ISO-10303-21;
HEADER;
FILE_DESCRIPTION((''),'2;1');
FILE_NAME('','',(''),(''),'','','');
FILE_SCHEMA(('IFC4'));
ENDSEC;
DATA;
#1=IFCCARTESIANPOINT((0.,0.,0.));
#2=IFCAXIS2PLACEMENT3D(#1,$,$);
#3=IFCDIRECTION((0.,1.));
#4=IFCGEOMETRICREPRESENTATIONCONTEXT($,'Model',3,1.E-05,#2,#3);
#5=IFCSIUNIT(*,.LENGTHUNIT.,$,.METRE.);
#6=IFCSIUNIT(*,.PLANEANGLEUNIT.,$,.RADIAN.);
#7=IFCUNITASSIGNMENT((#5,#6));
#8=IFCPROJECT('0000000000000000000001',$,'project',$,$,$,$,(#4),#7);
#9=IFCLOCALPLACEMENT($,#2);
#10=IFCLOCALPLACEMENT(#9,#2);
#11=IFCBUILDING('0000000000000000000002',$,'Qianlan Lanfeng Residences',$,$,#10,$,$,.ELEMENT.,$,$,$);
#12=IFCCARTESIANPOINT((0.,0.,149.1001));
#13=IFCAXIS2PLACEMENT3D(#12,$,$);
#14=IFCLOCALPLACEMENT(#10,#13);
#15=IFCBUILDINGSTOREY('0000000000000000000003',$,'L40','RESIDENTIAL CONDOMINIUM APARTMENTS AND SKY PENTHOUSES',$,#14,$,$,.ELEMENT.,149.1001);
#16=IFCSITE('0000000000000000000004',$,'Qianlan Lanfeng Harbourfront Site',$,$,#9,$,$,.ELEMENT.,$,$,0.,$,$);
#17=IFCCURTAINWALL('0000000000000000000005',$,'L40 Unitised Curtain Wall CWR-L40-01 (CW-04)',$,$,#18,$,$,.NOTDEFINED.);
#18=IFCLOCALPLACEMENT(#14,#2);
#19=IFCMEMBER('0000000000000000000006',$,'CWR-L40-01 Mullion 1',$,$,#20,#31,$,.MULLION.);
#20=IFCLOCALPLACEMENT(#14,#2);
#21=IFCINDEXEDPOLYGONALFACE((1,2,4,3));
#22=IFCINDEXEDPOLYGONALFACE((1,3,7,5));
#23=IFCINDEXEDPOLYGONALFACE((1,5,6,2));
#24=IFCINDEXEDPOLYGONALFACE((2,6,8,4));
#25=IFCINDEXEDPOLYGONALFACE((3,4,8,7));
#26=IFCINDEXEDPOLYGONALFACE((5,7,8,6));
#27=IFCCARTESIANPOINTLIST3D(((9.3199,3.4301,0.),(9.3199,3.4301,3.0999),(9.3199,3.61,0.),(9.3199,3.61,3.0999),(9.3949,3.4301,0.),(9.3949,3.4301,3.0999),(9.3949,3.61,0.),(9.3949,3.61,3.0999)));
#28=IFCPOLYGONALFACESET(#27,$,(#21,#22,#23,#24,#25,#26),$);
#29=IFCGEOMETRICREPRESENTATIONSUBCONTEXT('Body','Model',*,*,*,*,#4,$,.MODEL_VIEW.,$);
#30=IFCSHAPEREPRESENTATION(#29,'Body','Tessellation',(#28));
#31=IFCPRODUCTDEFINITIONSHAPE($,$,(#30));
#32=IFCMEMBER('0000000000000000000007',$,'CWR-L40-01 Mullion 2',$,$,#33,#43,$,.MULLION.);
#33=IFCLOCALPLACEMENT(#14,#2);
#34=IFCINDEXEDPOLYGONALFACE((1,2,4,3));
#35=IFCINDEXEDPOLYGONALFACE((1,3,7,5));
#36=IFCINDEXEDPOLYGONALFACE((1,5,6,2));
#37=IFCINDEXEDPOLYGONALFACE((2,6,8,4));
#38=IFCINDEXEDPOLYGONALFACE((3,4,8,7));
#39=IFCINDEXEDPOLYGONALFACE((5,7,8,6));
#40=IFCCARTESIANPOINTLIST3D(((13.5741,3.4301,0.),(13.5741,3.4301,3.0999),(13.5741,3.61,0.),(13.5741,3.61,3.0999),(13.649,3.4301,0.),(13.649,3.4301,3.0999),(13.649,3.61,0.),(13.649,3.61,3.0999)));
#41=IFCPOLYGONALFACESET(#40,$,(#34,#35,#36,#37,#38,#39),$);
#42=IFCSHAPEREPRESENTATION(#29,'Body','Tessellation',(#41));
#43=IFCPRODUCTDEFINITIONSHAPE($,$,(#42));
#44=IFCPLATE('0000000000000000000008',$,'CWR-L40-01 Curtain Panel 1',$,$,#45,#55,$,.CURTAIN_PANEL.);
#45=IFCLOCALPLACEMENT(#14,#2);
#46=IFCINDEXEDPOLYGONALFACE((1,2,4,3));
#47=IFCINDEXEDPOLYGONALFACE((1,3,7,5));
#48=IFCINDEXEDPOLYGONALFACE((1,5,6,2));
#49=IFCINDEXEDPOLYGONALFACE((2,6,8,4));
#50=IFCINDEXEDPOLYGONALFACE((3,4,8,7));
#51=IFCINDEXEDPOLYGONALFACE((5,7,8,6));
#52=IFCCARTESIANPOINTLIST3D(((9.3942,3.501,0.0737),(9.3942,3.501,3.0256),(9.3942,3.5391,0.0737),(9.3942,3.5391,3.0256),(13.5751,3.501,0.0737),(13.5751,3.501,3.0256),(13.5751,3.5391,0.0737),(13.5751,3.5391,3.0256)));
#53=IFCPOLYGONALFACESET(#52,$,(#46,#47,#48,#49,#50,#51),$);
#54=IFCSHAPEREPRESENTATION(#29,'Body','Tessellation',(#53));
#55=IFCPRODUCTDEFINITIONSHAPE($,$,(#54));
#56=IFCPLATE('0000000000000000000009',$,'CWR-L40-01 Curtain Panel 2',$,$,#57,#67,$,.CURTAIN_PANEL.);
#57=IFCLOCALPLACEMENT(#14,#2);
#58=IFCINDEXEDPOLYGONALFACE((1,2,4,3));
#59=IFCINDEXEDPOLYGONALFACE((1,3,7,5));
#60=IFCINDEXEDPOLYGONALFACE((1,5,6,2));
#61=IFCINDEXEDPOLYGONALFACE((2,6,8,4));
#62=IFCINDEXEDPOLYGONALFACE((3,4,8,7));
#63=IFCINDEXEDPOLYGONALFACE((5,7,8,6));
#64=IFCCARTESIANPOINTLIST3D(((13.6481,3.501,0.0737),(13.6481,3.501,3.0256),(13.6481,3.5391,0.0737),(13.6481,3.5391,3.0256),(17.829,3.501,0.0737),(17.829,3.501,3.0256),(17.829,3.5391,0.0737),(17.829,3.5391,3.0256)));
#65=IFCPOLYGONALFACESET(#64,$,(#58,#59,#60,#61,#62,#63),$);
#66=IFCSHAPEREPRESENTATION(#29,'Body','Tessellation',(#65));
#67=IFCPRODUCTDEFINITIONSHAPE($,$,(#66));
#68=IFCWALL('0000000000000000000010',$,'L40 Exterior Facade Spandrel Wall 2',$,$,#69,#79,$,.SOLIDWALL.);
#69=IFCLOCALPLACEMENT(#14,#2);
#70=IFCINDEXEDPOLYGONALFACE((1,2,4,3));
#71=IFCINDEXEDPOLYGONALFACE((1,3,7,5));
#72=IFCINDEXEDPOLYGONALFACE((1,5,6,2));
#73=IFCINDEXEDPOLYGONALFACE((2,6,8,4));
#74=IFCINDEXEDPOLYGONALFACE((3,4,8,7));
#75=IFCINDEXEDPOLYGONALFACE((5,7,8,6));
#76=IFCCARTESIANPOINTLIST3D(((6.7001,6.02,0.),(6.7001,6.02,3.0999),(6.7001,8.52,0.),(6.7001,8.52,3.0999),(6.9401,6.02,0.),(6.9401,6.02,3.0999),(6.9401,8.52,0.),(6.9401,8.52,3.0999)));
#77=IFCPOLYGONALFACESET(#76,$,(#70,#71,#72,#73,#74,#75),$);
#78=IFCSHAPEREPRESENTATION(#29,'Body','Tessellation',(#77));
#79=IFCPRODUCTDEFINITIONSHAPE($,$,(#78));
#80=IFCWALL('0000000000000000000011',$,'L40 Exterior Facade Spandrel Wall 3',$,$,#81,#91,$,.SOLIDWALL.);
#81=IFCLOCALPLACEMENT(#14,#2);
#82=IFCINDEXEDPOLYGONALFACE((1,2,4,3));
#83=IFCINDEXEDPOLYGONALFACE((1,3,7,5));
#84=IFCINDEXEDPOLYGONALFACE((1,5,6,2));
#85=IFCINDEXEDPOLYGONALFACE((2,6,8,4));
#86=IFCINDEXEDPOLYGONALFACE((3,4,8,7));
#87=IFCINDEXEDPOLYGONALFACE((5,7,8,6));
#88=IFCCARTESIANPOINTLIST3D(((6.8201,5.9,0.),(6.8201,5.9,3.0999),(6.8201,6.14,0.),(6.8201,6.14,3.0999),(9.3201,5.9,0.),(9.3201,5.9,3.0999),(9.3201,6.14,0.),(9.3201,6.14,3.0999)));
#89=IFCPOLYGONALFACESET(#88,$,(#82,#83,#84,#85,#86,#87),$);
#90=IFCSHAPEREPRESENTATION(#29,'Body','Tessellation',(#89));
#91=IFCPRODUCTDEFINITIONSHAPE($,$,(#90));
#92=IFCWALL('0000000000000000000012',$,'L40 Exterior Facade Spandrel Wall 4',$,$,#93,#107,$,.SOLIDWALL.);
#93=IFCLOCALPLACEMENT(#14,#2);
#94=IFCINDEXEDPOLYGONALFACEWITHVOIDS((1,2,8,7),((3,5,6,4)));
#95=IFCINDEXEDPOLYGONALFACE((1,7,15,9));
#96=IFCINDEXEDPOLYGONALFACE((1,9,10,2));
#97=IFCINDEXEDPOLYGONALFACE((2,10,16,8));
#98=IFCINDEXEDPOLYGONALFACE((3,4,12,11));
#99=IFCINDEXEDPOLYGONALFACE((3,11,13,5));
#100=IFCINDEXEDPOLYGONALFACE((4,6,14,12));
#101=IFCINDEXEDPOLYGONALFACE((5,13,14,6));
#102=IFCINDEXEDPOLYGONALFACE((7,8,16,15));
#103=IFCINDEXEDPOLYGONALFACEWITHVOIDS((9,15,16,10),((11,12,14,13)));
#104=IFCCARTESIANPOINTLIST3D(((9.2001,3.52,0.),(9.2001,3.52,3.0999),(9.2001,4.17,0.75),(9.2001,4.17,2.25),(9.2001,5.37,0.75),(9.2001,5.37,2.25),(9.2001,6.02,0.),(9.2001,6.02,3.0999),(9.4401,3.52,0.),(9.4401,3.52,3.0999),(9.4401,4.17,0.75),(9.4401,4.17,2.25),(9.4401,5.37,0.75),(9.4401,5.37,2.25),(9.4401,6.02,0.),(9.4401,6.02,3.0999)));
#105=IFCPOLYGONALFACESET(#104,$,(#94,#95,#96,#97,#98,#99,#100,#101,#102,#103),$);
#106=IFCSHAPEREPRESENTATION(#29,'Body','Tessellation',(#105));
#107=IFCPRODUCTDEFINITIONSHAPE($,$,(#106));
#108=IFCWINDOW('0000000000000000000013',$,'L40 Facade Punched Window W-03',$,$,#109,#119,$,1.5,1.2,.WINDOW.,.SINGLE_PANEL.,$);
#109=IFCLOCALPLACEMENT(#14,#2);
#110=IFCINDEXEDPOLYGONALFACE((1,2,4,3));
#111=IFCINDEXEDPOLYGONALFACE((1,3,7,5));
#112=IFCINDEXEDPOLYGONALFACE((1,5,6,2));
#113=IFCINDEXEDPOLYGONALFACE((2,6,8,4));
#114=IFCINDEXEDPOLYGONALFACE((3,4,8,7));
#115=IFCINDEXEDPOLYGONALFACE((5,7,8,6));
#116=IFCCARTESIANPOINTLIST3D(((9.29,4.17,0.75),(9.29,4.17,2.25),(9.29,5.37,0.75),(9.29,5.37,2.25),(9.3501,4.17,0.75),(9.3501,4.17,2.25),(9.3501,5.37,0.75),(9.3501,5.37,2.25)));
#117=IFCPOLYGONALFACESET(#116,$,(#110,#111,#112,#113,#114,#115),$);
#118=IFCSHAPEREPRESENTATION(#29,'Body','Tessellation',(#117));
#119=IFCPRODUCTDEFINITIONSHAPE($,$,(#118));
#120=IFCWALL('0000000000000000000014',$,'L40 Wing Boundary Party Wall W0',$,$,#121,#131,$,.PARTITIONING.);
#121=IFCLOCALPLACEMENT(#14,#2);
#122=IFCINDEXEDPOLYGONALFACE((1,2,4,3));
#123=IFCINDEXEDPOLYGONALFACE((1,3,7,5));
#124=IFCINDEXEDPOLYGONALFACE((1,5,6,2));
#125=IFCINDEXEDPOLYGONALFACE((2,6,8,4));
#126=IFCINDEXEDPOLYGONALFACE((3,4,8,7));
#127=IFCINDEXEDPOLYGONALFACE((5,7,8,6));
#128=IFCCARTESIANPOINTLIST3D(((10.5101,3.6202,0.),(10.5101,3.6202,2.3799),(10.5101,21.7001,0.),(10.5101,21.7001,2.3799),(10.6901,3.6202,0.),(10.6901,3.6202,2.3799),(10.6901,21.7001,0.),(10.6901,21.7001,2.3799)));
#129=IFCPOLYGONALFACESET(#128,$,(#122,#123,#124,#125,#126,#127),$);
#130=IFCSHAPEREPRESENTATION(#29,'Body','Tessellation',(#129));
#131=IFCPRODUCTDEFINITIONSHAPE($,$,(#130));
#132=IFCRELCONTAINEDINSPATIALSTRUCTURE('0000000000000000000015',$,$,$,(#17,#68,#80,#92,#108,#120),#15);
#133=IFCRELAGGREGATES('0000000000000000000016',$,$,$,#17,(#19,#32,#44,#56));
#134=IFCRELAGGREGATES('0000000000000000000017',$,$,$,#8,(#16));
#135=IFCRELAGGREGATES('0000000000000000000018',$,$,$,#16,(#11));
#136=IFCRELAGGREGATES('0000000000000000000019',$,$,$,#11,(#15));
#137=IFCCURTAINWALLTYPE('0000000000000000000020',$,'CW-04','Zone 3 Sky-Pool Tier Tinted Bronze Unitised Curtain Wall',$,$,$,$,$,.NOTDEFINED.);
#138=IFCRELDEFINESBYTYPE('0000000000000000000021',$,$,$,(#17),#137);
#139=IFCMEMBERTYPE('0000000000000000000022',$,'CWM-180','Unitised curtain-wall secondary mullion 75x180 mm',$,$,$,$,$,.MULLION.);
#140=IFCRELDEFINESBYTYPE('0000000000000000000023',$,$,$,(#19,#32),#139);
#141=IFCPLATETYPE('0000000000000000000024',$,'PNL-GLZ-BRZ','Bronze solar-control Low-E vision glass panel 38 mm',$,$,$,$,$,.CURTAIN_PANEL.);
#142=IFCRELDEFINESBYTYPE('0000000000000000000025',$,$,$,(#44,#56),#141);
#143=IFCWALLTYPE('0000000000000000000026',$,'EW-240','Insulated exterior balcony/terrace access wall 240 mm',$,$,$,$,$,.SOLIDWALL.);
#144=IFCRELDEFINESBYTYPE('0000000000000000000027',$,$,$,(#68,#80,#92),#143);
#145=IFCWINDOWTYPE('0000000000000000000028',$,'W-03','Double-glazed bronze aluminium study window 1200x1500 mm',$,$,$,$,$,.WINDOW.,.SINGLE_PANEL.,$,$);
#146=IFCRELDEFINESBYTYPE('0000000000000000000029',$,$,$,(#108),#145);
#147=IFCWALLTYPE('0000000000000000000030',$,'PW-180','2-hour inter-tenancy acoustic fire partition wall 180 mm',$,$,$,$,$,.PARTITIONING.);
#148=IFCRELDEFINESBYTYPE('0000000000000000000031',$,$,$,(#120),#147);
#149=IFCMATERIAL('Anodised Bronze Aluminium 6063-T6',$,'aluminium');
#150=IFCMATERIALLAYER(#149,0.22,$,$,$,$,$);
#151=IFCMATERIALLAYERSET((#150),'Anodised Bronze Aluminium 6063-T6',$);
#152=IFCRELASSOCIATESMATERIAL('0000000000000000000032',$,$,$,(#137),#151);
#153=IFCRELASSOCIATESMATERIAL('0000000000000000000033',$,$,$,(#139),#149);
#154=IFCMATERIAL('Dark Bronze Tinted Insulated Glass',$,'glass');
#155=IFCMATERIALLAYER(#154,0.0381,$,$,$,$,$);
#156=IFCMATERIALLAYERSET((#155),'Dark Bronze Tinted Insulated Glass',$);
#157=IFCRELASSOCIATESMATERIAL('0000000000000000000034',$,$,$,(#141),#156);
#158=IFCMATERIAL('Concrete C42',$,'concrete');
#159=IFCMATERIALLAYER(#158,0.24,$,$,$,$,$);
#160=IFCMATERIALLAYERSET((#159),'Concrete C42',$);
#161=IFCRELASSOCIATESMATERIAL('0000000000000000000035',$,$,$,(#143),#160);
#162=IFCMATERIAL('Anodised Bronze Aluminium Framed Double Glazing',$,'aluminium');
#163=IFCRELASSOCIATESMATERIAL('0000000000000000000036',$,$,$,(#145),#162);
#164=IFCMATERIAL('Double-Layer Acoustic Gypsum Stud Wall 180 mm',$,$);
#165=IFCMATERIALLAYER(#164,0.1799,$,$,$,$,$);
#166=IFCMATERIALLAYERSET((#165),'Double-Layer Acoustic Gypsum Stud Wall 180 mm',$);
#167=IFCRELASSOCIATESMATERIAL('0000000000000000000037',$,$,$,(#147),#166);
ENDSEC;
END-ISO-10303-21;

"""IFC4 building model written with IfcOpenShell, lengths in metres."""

from ifc_helpers import new_model, si_unit, direction, frame, frame_2d, origin, origin_2d, place, context, subcontext, project, spatial, rectangle, extrude, source, transform, mapped, material, layer, layer_set, material_profile, profile_set, type_object, element, fill, aggregate, save


model = new_model("IFC4")

# Units and contexts
model_context = context("Model", 3, precision=1e-05, world=origin(), true_north=direction((0.0, 1.0)))
body_context = subcontext(model_context, "Body", "Model", "MODEL_VIEW")
ifc_project = project(units=[si_unit("LENGTHUNIT", "METRE"), si_unit("PLANEANGLEUNIT", "RADIAN")], contexts=[model_context])

# Site, building, storey
site_placement = place(None, origin())
site = spatial("IfcSite", under=ifc_project, at=site_placement, Name="Qianlan Lanfeng Harbourfront Site", CompositionType="ELEMENT", RefElevation=0.0)
building_placement = place(site_placement, origin())
building = spatial("IfcBuilding", under=site, at=building_placement, Name="Qianlan Lanfeng Residences", CompositionType="ELEMENT")
storey_placement = place(building_placement, frame((0.0, 0.0, 149.1001)))
storey = spatial("IfcBuildingStorey", under=building, at=storey_placement, Name="L40", Description="RESIDENTIAL CONDOMINIUM APARTMENTS AND SKY PENTHOUSES", CompositionType="ELEMENT", Elevation=149.1001)

# Curtain wall, members, plates
ifc_material_1 = material(Name="Anodised Bronze Aluminium 6063-T6", Category="aluminium")
ifc_layer_1 = layer(ifc_material_1, 0.22)
ifc_layer_set_1 = layer_set([ifc_layer_1], Name="Anodised Bronze Aluminium 6063-T6")
curtain_wall_type = type_object("IfcCurtainWallType", Name="CW-04", Description="Zone 3 Sky-Pool Tier Tinted Bronze Unitised Curtain Wall", PredefinedType="NOTDEFINED", material=ifc_layer_set_1)
curtain_wall_placement = place(storey_placement, origin())
curtain_wall = element("IfcCurtainWall", 1, at=curtain_wall_placement, inside=storey, type_object=curtain_wall_type, Name="L40 Unitised Curtain Wall CWR-L40-01 (CW-04)", PredefinedType="NOTDEFINED")
ifc_material_profile_1 = material_profile(ifc_material_1, rectangle(XDim=0.075, YDim=0.1799, at=origin_2d()), Name="ALU MULLION 75x180")
ifc_profile_set_1 = profile_set([ifc_material_profile_1], Name="Anodised Bronze Aluminium 6063-T6")
member_type_1 = type_object("IfcMemberType", Name="CWM-180", Description="Unitised curtain-wall secondary mullion 75x180 mm", PredefinedType="MULLION", material=ifc_profile_set_1)
shared_shape_1 = source(origin(), body_context, "Body", "SweptSolid", [
    extrude(rectangle(XDim=0.075, YDim=0.1799, at=origin_2d()), origin(), (0.0, 0.0, 1.0), 3.0999),
])
member_1_placement = place(storey_placement, frame((9.3574, 3.52, 0.0), z_axis=(0.0, 0.0, 1.0), x_axis=(1.0, 0.0, 0.0)))
member_1 = element("IfcMember", 2, at=member_1_placement, type_object=member_type_1, Name="CWR-L40-01 Mullion 1", PredefinedType="MULLION", context=body_context, shape_type="MappedRepresentation", body=[
    mapped(shared_shape_1, transform((0.0, 0.0, 0.0), scale=1.0)),
])
member_2_placement = place(storey_placement, frame((13.6116, 3.52, 0.0), z_axis=(0.0, 0.0, 1.0), x_axis=(1.0, 0.0, 0.0)))
member_2 = element("IfcMember", 3, at=member_2_placement, type_object=member_type_1, Name="CWR-L40-01 Mullion 2", PredefinedType="MULLION", context=body_context, shape_type="MappedRepresentation", body=[
    mapped(shared_shape_1, transform((0.0, 0.0, 0.0), scale=1.0)),
])
ifc_material_2 = material(Name="Dark Bronze Tinted Insulated Glass", Category="glass")
ifc_layer_2 = layer(ifc_material_2, 0.0381)
ifc_layer_set_2 = layer_set([ifc_layer_2], Name="Dark Bronze Tinted Insulated Glass")
plate_type = type_object("IfcPlateType", Name="PNL-GLZ-BRZ", Description="Bronze solar-control Low-E vision glass panel 38 mm", PredefinedType="CURTAIN_PANEL", material=ifc_layer_set_2)
shared_shape_2 = source(origin(), body_context, "Body", "SweptSolid", [
    extrude(rectangle(XDim=4.1809, YDim=0.0381, at=origin_2d()), origin(), (0.0, 0.0, 1.0), 2.9519),
])
plate_1_placement = place(storey_placement, frame((11.4846, 3.52, 0.0737), z_axis=(0.0, 0.0, 1.0), x_axis=(1.0, 0.0, 0.0)))
plate_1 = element("IfcPlate", 4, at=plate_1_placement, type_object=plate_type, Name="CWR-L40-01 Curtain Panel 1", PredefinedType="CURTAIN_PANEL", context=body_context, shape_type="MappedRepresentation", body=[
    mapped(shared_shape_2, transform((0.0, 0.0, 0.0), scale=1.0)),
])
plate_2_placement = place(storey_placement, frame((15.7385, 3.52, 0.0737), z_axis=(0.0, 0.0, 1.0), x_axis=(1.0, 0.0, 0.0)))
plate_2 = element("IfcPlate", 5, at=plate_2_placement, type_object=plate_type, Name="CWR-L40-01 Curtain Panel 2", PredefinedType="CURTAIN_PANEL", context=body_context, shape_type="MappedRepresentation", body=[
    mapped(shared_shape_2, transform((0.0, 0.0, 0.0), scale=1.0)),
])
aggregate(curtain_wall, [member_1, member_2, plate_1, plate_2])

# Walls
ifc_material_3 = material(Name="Concrete C42", Category="concrete")
ifc_layer_3 = layer(ifc_material_3, 0.24)
ifc_layer_set_3 = layer_set([ifc_layer_3], Name="Concrete C42")
wall_type_1 = type_object("IfcWallType", Name="EW-240", Description="Insulated exterior balcony/terrace access wall 240 mm", PredefinedType="SOLIDWALL", material=ifc_layer_set_3)
for number, where, z_axis, x_axis, name in (
    (6, (6.8201, 8.52, 0.0), (0.0, 0.0, 1.0), (0.0, -1.0, 0.0), "L40 Exterior Facade Spandrel Wall 2"),
    (7, (6.8201, 6.02, 0.0), (0.0, 0.0, 1.0), (1.0, 0.0, 0.0), "L40 Exterior Facade Spandrel Wall 3"),
):
    element("IfcWall", number, at=place(storey_placement, frame(where, z_axis=z_axis, x_axis=x_axis)), inside=storey, type_object=wall_type_1, Name=name, PredefinedType="SOLIDWALL", context=body_context, shape_type="SweptSolid", body=[
        extrude(rectangle(XDim=2.5, YDim=0.24, at=frame_2d((1.25, 0.0))), origin(), (0.0, 0.0, 1.0), 3.0999),
    ])

# Wall, opening, window
wall_1_placement = place(storey_placement, frame((9.3201, 6.02, 0.0), z_axis=(0.0, 0.0, 1.0), x_axis=(0.0, -1.0, 0.0)))
wall_1 = element("IfcWall", 8, at=wall_1_placement, inside=storey, type_object=wall_type_1, Name="L40 Exterior Facade Spandrel Wall 4", PredefinedType="SOLIDWALL", context=body_context, shape_type="SweptSolid", body=[
    extrude(rectangle(XDim=2.5, YDim=0.24, at=frame_2d((1.25, 0.0))), origin(), (0.0, 0.0, 1.0), 3.0999),
])
opening_placement = place(wall_1_placement, frame((0.6499, 0.0, 0.75)))
opening = element("IfcOpeningElement", 9, at=opening_placement, cuts=wall_1, PredefinedType="OPENING", context=body_context, shape_type="SweptSolid", body=[
    extrude(rectangle(XDim=1.2, YDim=1.5, at=frame_2d((0.6001, 0.75))), frame((0.0, 0.1299, 0.0), z_axis=(0.0, -1.0, 0.0), x_axis=(1.0, 0.0, 0.0)), (0.0, 0.0, 1.0), 0.26),
])
ifc_material_4 = material(Name="Anodised Bronze Aluminium Framed Double Glazing", Category="aluminium")
window_type = type_object("IfcWindowType", Name="W-03", Description="Double-glazed bronze aluminium study window 1200x1500 mm", PartitioningType="SINGLE_PANEL", PredefinedType="WINDOW", material=ifc_material_4)
window_placement = place(opening_placement, origin())
window = element("IfcWindow", 10, at=window_placement, inside=storey, type_object=window_type, Name="L40 Facade Punched Window W-03", OverallHeight=1.5, OverallWidth=1.2, PartitioningType="SINGLE_PANEL", PredefinedType="WINDOW", context=body_context, shape_type="SweptSolid", body=[
    extrude(rectangle(XDim=1.2, YDim=1.5, at=frame_2d((0.6001, 0.75))), frame((0.0, 0.03, 0.0), z_axis=(0.0, -1.0, 0.0), x_axis=(1.0, 0.0, 0.0)), (0.0, 0.0, 1.0), 0.0601),
])
fill(opening, window)

# Wall
ifc_material_5 = material(Name="Double-Layer Acoustic Gypsum Stud Wall 180 mm")
ifc_layer_4 = layer(ifc_material_5, 0.1799)
ifc_layer_set_4 = layer_set([ifc_layer_4], Name="Double-Layer Acoustic Gypsum Stud Wall 180 mm")
wall_type_2 = type_object("IfcWallType", Name="PW-180", Description="2-hour inter-tenancy acoustic fire partition wall 180 mm", PredefinedType="PARTITIONING", material=ifc_layer_set_4)
wall_2_placement = place(storey_placement, frame((10.6001, 3.6201, 0.0), z_axis=(0.0, 0.0, 1.0), x_axis=(0.0, 1.0, 0.0)))
element("IfcWall", 11, at=wall_2_placement, inside=storey, type_object=wall_type_2, Name="L40 Wing Boundary Party Wall W0", PredefinedType="PARTITIONING", context=body_context, shape_type="SweptSolid", body=[
    extrude(rectangle(XDim=18.0798, YDim=0.1799, at=frame_2d((9.04, 0.0))), origin(), (0.0, 0.0, 1.0), 2.3799),
])

save(model, "model.ifc")
